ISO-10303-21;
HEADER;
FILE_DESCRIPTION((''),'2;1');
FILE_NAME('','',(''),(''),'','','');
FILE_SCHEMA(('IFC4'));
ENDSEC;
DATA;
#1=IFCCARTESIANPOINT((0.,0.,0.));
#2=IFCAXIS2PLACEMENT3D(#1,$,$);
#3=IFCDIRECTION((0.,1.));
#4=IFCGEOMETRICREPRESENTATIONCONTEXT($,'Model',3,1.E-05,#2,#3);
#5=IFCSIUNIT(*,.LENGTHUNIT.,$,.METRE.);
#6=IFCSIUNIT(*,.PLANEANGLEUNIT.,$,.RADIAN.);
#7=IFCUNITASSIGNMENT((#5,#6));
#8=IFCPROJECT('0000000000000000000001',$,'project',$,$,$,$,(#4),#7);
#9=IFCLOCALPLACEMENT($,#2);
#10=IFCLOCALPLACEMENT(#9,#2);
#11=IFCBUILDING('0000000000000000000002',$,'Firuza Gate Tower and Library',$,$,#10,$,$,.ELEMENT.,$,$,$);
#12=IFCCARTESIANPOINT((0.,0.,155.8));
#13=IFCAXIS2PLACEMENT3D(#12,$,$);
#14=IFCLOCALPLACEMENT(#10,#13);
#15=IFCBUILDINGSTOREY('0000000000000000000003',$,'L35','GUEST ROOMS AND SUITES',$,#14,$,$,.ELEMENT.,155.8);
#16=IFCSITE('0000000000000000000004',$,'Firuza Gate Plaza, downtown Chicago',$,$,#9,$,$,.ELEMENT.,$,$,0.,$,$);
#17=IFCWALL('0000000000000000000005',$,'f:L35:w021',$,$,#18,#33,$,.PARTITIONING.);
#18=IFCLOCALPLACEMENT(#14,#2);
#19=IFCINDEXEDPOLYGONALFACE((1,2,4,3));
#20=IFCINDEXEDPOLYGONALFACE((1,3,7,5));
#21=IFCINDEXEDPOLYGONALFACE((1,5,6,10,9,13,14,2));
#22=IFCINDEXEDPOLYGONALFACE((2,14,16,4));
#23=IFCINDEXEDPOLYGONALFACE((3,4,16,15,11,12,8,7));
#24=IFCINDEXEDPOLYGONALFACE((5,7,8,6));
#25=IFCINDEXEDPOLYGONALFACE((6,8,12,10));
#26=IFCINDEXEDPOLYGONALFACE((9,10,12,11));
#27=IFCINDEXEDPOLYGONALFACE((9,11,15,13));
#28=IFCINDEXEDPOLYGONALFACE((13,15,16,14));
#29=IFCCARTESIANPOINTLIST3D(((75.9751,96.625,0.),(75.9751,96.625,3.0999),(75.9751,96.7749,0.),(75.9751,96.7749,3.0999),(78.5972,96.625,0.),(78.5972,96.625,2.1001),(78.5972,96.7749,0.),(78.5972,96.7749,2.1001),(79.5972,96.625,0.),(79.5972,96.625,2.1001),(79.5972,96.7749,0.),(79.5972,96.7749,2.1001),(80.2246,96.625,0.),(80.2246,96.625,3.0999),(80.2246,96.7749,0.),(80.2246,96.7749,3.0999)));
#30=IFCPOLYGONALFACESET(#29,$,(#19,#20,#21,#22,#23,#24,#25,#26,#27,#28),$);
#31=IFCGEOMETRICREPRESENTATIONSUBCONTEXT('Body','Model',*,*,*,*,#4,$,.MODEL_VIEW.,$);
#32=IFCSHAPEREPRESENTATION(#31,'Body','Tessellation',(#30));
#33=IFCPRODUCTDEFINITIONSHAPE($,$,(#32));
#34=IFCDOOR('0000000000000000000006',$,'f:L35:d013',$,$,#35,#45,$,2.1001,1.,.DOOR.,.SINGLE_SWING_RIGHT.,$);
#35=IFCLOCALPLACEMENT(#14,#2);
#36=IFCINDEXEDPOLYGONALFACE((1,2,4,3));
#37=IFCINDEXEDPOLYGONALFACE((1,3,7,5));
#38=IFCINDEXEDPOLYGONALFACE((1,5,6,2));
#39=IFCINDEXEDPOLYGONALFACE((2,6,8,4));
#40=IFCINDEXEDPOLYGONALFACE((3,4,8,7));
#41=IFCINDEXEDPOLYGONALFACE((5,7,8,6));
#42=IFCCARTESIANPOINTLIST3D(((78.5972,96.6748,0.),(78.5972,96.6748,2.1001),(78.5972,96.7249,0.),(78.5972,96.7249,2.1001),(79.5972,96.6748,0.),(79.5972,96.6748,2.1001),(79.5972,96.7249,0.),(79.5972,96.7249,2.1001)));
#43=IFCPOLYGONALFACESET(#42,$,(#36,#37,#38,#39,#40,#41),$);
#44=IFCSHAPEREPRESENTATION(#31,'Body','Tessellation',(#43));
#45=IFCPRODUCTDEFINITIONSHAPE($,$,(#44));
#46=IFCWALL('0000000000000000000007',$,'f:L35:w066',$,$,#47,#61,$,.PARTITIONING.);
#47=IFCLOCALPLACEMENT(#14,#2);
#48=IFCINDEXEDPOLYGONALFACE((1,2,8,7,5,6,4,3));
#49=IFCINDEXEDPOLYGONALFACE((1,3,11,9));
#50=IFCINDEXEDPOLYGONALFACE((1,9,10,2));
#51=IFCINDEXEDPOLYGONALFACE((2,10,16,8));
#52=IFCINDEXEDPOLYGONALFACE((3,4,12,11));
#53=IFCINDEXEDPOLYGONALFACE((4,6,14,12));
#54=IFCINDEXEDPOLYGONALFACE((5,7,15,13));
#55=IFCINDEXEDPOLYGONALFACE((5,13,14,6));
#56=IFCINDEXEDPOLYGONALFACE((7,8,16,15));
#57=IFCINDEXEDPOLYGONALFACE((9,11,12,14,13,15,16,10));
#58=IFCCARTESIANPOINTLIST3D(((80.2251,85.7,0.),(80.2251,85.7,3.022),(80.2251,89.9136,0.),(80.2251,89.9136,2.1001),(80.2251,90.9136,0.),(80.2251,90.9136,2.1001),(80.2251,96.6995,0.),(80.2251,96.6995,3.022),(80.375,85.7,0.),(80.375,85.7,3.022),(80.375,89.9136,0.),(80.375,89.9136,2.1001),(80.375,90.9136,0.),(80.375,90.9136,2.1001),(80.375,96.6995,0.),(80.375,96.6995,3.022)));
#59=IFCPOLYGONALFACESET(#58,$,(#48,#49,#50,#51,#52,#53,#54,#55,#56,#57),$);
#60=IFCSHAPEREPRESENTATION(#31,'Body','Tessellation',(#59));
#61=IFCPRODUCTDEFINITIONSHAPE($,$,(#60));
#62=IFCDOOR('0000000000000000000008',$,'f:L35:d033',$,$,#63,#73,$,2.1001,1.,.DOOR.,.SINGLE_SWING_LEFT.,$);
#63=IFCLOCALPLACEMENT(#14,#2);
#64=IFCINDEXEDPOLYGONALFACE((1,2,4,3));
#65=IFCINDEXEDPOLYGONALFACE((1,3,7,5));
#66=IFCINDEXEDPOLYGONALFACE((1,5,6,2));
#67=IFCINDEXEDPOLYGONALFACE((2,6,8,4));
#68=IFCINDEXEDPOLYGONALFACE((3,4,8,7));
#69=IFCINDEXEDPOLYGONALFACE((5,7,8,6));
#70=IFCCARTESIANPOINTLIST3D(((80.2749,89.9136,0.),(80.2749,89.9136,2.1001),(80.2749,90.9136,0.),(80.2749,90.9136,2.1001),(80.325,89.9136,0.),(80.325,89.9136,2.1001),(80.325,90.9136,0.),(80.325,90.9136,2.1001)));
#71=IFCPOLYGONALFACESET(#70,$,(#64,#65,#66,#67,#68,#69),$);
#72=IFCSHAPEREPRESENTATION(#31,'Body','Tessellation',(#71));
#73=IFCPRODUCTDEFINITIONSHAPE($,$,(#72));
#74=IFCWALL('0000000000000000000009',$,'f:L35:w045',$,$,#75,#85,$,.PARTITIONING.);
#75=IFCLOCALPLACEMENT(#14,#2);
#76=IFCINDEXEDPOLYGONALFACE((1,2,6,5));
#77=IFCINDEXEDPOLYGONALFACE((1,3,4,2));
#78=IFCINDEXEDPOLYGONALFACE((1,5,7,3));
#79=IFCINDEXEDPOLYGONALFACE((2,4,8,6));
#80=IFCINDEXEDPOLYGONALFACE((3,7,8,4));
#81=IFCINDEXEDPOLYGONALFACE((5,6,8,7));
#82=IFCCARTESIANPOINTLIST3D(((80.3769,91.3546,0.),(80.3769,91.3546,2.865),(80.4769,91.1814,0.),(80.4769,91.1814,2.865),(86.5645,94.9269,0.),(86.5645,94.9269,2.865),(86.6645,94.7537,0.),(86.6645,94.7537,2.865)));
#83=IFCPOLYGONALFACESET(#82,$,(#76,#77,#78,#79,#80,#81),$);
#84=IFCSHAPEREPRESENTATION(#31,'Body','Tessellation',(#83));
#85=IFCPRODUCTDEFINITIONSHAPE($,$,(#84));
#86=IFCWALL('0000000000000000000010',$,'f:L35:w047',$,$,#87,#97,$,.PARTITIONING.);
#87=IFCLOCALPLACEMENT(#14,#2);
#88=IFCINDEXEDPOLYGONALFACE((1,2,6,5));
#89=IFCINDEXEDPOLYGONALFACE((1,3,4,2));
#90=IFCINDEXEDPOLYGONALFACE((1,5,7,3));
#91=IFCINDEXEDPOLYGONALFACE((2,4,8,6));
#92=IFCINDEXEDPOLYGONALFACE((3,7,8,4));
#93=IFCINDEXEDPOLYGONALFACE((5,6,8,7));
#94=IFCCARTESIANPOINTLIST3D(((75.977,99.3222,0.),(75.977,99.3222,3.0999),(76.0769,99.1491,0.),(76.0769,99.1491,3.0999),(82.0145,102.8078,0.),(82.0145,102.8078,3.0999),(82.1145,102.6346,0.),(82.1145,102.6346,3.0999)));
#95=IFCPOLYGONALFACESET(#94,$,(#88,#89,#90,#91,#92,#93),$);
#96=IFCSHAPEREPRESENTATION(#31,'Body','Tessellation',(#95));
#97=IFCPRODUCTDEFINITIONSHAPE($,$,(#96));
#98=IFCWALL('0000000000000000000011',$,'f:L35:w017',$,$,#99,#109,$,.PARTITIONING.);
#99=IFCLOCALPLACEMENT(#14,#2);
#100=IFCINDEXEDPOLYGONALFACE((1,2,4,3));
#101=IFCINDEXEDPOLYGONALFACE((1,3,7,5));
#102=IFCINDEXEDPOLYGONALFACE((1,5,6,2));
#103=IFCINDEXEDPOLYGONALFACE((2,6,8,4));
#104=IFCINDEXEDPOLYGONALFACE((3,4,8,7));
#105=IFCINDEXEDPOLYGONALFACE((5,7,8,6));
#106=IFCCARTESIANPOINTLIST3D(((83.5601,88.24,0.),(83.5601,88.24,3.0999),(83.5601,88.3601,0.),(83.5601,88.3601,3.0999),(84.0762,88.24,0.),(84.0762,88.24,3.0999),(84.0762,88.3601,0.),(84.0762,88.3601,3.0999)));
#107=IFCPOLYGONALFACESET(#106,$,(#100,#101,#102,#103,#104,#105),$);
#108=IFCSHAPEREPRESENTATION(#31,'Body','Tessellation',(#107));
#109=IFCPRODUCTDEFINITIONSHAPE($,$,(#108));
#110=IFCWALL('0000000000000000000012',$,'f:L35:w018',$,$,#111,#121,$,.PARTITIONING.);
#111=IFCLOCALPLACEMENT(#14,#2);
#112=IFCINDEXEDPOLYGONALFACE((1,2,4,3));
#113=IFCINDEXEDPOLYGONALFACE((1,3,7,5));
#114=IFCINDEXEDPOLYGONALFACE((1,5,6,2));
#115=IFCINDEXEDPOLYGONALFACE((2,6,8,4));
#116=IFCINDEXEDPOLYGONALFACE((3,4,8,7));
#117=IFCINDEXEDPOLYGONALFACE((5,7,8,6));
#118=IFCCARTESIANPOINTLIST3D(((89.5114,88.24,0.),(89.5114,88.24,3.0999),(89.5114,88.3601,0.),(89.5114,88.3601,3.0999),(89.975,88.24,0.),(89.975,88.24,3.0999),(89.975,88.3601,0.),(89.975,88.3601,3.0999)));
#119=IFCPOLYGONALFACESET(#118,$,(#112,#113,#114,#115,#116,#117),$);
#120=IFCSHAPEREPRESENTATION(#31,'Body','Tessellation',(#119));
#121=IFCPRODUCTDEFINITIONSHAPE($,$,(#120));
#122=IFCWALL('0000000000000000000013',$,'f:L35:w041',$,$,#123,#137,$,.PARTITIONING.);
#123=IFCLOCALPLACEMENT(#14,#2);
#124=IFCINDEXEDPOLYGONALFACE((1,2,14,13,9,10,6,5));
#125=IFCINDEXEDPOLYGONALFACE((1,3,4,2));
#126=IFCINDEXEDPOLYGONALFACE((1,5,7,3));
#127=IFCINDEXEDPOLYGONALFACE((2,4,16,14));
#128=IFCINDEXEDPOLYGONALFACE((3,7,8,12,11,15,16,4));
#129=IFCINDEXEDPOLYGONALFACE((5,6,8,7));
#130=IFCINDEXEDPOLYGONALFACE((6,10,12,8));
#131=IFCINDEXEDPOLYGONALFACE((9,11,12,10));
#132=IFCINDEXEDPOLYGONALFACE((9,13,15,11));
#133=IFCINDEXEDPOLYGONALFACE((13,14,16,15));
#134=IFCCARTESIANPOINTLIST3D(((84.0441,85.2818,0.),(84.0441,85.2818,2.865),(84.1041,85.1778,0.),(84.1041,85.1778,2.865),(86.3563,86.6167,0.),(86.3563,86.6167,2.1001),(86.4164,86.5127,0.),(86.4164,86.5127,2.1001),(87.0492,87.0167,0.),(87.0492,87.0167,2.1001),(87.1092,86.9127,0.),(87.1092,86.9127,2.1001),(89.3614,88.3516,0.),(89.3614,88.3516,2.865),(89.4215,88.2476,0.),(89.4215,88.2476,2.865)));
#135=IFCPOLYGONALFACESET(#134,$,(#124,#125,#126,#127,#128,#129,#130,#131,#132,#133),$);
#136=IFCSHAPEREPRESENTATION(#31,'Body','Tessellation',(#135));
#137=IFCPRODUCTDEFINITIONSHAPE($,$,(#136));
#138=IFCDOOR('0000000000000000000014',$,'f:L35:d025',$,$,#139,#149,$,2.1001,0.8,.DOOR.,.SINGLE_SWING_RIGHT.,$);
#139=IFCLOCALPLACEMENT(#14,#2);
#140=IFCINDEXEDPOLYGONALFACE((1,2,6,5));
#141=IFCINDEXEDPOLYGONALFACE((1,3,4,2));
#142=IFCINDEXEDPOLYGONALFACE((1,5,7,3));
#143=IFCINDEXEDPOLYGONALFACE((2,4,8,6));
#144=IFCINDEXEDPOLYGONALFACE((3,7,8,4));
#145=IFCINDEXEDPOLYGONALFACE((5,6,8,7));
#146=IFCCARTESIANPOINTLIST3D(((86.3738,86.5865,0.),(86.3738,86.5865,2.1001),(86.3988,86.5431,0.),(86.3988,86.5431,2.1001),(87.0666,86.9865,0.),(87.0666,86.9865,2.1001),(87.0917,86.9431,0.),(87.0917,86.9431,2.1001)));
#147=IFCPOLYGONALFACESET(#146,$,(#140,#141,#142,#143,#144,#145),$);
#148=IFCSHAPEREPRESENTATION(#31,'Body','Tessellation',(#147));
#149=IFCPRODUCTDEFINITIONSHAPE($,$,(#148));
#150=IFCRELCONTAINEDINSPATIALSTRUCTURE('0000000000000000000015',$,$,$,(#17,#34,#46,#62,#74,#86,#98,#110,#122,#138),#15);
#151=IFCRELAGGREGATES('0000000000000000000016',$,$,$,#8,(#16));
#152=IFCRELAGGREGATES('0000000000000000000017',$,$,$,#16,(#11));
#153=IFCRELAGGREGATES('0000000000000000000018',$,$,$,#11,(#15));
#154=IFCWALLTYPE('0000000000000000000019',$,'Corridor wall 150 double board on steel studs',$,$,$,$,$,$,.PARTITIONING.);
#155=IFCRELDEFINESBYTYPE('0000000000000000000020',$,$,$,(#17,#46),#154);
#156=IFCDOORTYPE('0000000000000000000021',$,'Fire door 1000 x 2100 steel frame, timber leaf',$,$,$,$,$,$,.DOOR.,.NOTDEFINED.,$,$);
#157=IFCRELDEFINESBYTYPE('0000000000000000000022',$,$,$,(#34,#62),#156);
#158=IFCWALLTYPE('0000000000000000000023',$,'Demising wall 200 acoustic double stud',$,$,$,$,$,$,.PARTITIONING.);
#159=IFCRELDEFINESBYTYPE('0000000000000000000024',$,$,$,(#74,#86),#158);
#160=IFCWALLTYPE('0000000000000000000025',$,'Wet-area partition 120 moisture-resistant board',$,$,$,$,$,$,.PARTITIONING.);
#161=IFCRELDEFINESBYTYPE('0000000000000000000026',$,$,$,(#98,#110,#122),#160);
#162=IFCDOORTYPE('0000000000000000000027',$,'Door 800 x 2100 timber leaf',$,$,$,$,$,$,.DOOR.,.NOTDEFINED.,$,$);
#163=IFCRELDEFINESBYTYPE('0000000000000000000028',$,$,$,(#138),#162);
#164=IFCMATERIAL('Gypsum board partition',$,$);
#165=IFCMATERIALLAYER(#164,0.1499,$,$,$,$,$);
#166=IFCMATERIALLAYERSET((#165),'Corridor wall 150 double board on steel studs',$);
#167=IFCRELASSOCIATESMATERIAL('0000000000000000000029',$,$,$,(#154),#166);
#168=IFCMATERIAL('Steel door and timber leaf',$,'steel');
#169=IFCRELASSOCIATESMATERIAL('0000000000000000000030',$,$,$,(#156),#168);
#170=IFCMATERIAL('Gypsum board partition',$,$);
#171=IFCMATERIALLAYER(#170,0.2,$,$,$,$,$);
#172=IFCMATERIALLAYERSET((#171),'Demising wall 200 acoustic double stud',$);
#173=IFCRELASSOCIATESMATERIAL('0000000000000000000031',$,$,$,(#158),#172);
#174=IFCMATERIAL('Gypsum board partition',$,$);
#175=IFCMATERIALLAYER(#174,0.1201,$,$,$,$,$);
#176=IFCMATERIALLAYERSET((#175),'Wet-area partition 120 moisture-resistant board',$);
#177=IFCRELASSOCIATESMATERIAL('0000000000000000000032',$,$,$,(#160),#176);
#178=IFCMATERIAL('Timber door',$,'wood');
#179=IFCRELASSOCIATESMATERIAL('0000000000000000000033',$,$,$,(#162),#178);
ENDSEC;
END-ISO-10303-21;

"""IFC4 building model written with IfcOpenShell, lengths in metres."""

from ifc_helpers import new_model, si_unit, direction, frame, frame_2d, origin, place, context, subcontext, project, spatial, rectangle, extrude, material, layer, layer_set, type_object, element, fill, save


model = new_model("IFC4")

# Units and contexts
model_context = context("Model", 3, precision=1e-05, world=origin(), true_north=direction((0.0, 1.0)))
body_context = subcontext(model_context, "Body", "Model", "MODEL_VIEW")
ifc_project = project(units=[si_unit("LENGTHUNIT", "METRE"), si_unit("PLANEANGLEUNIT", "RADIAN")], contexts=[model_context])

# Site, building, storey
site_placement = place(None, origin())
site = spatial("IfcSite", under=ifc_project, at=site_placement, Name="Firuza Gate Plaza, downtown Chicago", CompositionType="ELEMENT", RefElevation=0.0)
building_placement = place(site_placement, origin())
building = spatial("IfcBuilding", under=site, at=building_placement, Name="Firuza Gate Tower and Library", CompositionType="ELEMENT")
storey_placement = place(building_placement, frame((0.0, 0.0, 155.8)))
storey = spatial("IfcBuildingStorey", under=building, at=storey_placement, Name="L35", Description="GUEST ROOMS AND SUITES", CompositionType="ELEMENT", Elevation=155.8)

# Walls, openings, doors
ifc_material_1 = material(Name="Gypsum board partition")
ifc_layer_1 = layer(ifc_material_1, 0.1499)
ifc_layer_set_1 = layer_set([ifc_layer_1], Name="Corridor wall 150 double board on steel studs")
wall_type_1 = type_object("IfcWallType", Name="Corridor wall 150 double board on steel studs", PredefinedType="PARTITIONING", material=ifc_layer_set_1)
wall_1_placement = place(storey_placement, frame((75.9751, 96.7, 0.0), z_axis=(0.0, 0.0, 1.0), x_axis=(1.0, 0.0, 0.0)))
wall_1 = element("IfcWall", 1, at=wall_1_placement, inside=storey, type_object=wall_type_1, Name="f:L35:w021", PredefinedType="PARTITIONING", context=body_context, shape_type="SweptSolid", body=[
    extrude(rectangle(XDim=4.2495, YDim=0.1499, at=frame_2d((2.1248, 0.0))), origin(), (0.0, 0.0, 1.0), 3.0999),
])
opening_1_placement = place(wall_1_placement, frame((2.6221, 0.0, 0.0)))
opening_1 = element("IfcOpeningElement", 2, at=opening_1_placement, cuts=wall_1, PredefinedType="OPENING", context=body_context, shape_type="SweptSolid", body=[
    extrude(rectangle(XDim=1.0, YDim=2.1001, at=frame_2d((0.5, 1.05))), frame((0.0, 0.085, 0.0), z_axis=(0.0, -1.0, 0.0), x_axis=(1.0, 0.0, 0.0)), (0.0, 0.0, 1.0), 0.1699),
])
ifc_material_2 = material(Name="Steel door and timber leaf", Category="steel")
door_type_1 = type_object("IfcDoorType", Name="Fire door 1000 x 2100 steel frame, timber leaf", OperationType="NOTDEFINED", PredefinedType="DOOR", material=ifc_material_2)
door_1_placement = place(opening_1_placement, origin())
door_1 = element("IfcDoor", 3, at=door_1_placement, inside=storey, type_object=door_type_1, Name="f:L35:d013", OperationType="SINGLE_SWING_RIGHT", OverallHeight=2.1001, OverallWidth=1.0, PredefinedType="DOOR", context=body_context, shape_type="SweptSolid", body=[
    extrude(rectangle(XDim=1.0, YDim=2.1001, at=frame_2d((0.5, 1.05))), frame((0.0, 0.0249, 0.0), z_axis=(0.0, -1.0, 0.0), x_axis=(1.0, 0.0, 0.0)), (0.0, 0.0, 1.0), 0.05),
])
fill(opening_1, door_1)
wall_2_placement = place(storey_placement, frame((80.3, 96.6995, 0.0), z_axis=(0.0, 0.0, 1.0), x_axis=(0.0, -1.0, 0.0)))
wall_2 = element("IfcWall", 4, at=wall_2_placement, inside=storey, type_object=wall_type_1, Name="f:L35:w066", PredefinedType="PARTITIONING", context=body_context, shape_type="SweptSolid", body=[
    extrude(rectangle(XDim=10.9995, YDim=0.1499, at=frame_2d((5.4998, 0.0))), origin(), (0.0, 0.0, 1.0), 3.022),
])
opening_2_placement = place(wall_2_placement, frame((5.7859, 0.0, 0.0)))
opening_2 = element("IfcOpeningElement", 5, at=opening_2_placement, cuts=wall_2, PredefinedType="OPENING", context=body_context, shape_type="SweptSolid", body=[
    extrude(rectangle(XDim=1.0, YDim=2.1001, at=frame_2d((0.5, 1.05))), frame((0.0, 0.085, 0.0), z_axis=(0.0, -1.0, 0.0), x_axis=(1.0, 0.0, 0.0)), (0.0, 0.0, 1.0), 0.1699),
])
door_2_placement = place(opening_2_placement, origin())
door_2 = element("IfcDoor", 6, at=door_2_placement, inside=storey, type_object=door_type_1, Name="f:L35:d033", OperationType="SINGLE_SWING_LEFT", OverallHeight=2.1001, OverallWidth=1.0, PredefinedType="DOOR", context=body_context, shape_type="SweptSolid", body=[
    extrude(rectangle(XDim=1.0, YDim=2.1001, at=frame_2d((0.5, 1.05))), frame((0.0, 0.0249, 0.0), z_axis=(0.0, -1.0, 0.0), x_axis=(1.0, 0.0, 0.0)), (0.0, 0.0, 1.0), 0.05),
])
fill(opening_2, door_2)

# Walls
ifc_material_3 = material(Name="Gypsum board partition")
ifc_layer_2 = layer(ifc_material_3, 0.2)
ifc_layer_set_2 = layer_set([ifc_layer_2], Name="Demising wall 200 acoustic double stud")
wall_type_2 = type_object("IfcWallType", Name="Demising wall 200 acoustic double stud", PredefinedType="PARTITIONING", material=ifc_layer_set_2)
wall_3_placement = place(storey_placement, frame((80.427, 91.2681, 0.0), z_axis=(0.0, 0.0, 1.0), x_axis=(0.866031, 0.499991, 0.0)))
element("IfcWall", 7, at=wall_3_placement, inside=storey, type_object=wall_type_2, Name="f:L35:w045", PredefinedType="PARTITIONING", context=body_context, shape_type="SweptSolid", body=[
    extrude(rectangle(XDim=7.1448, YDim=0.2, at=frame_2d((3.5723, 0.0))), origin(), (0.0, 0.0, 1.0), 2.865),
])
wall_4_placement = place(storey_placement, frame((76.0269, 99.2356, 0.0), z_axis=(0.0, 0.0, 1.0), x_axis=(0.866039, 0.499977, 0.0)))
element("IfcWall", 8, at=wall_4_placement, inside=storey, type_object=wall_type_2, Name="f:L35:w047", PredefinedType="PARTITIONING", context=body_context, shape_type="SweptSolid", body=[
    extrude(rectangle(XDim=6.9714, YDim=0.2, at=frame_2d((3.4858, 0.0))), origin(), (0.0, 0.0, 1.0), 3.0999),
])
ifc_material_4 = material(Name="Gypsum board partition")
ifc_layer_3 = layer(ifc_material_4, 0.1201)
ifc_layer_set_3 = layer_set([ifc_layer_3], Name="Wet-area partition 120 moisture-resistant board")
wall_type_3 = type_object("IfcWallType", Name="Wet-area partition 120 moisture-resistant board", PredefinedType="PARTITIONING", material=ifc_layer_set_3)
wall_5_placement = place(storey_placement, frame((83.5601, 88.3, 0.0), z_axis=(0.0, 0.0, 1.0), x_axis=(1.0, 0.0, 0.0)))
element("IfcWall", 9, at=wall_5_placement, inside=storey, type_object=wall_type_3, Name="f:L35:w017", PredefinedType="PARTITIONING", context=body_context, shape_type="SweptSolid", body=[
    extrude(rectangle(XDim=0.5161, YDim=0.1201, at=frame_2d((0.2581, 0.0))), origin(), (0.0, 0.0, 1.0), 3.0999),
])
wall_6_placement = place(storey_placement, frame((89.5112, 88.3, 0.0), z_axis=(0.0, 0.0, 1.0), x_axis=(1.0, 0.0, 0.0)))
element("IfcWall", 10, at=wall_6_placement, inside=storey, type_object=wall_type_3, Name="f:L35:w018", PredefinedType="PARTITIONING", context=body_context, shape_type="SweptSolid", body=[
    extrude(rectangle(XDim=0.4636, YDim=0.1201, at=frame_2d((0.2319, 0.0))), origin(), (0.0, 0.0, 1.0), 3.0999),
])

# Wall, opening, door
wall_7_placement = place(storey_placement, frame((89.3914, 88.2996, 0.0), z_axis=(0.0, 0.0, 1.0), x_axis=(-0.866037, -0.499979, 0.0)))
wall_7 = element("IfcWall", 11, at=wall_7_placement, inside=storey, type_object=wall_type_3, Name="f:L35:w041", PredefinedType="PARTITIONING", context=body_context, shape_type="SweptSolid", body=[
    extrude(rectangle(XDim=6.1399, YDim=0.1201, at=frame_2d((3.0698, 0.0))), origin(), (0.0, 0.0, 1.0), 2.865),
])
opening_3_placement = place(wall_7_placement, frame((2.6699, 0.0, 0.0)))
opening_3 = element("IfcOpeningElement", 12, at=opening_3_placement, cuts=wall_7, PredefinedType="OPENING", context=body_context, shape_type="SweptSolid", body=[
    extrude(rectangle(XDim=0.8, YDim=2.1001, at=frame_2d((0.3999, 1.05))), frame((0.0, 0.0701, 0.0), z_axis=(0.0, -1.0, 0.0), x_axis=(1.0, 0.0, 0.0)), (0.0, 0.0, 1.0), 0.1401),
])
ifc_material_5 = material(Name="Timber door", Category="wood")
door_type_2 = type_object("IfcDoorType", Name="Door 800 x 2100 timber leaf", OperationType="NOTDEFINED", PredefinedType="DOOR", material=ifc_material_5)
door_3_placement = place(opening_3_placement, origin())
door_3 = element("IfcDoor", 13, at=door_3_placement, inside=storey, type_object=door_type_2, Name="f:L35:d025", OperationType="SINGLE_SWING_RIGHT", OverallHeight=2.1001, OverallWidth=0.8, PredefinedType="DOOR", context=body_context, shape_type="SweptSolid", body=[
    extrude(rectangle(XDim=0.8, YDim=2.1001, at=frame_2d((0.3999, 1.05))), frame((0.0, 0.0249, 0.0), z_axis=(0.0, -1.0, 0.0), x_axis=(1.0, 0.0, 0.0)), (0.0, 0.0, 1.0), 0.05),
])
fill(opening_3, door_3)

save(model, "model.ifc")
